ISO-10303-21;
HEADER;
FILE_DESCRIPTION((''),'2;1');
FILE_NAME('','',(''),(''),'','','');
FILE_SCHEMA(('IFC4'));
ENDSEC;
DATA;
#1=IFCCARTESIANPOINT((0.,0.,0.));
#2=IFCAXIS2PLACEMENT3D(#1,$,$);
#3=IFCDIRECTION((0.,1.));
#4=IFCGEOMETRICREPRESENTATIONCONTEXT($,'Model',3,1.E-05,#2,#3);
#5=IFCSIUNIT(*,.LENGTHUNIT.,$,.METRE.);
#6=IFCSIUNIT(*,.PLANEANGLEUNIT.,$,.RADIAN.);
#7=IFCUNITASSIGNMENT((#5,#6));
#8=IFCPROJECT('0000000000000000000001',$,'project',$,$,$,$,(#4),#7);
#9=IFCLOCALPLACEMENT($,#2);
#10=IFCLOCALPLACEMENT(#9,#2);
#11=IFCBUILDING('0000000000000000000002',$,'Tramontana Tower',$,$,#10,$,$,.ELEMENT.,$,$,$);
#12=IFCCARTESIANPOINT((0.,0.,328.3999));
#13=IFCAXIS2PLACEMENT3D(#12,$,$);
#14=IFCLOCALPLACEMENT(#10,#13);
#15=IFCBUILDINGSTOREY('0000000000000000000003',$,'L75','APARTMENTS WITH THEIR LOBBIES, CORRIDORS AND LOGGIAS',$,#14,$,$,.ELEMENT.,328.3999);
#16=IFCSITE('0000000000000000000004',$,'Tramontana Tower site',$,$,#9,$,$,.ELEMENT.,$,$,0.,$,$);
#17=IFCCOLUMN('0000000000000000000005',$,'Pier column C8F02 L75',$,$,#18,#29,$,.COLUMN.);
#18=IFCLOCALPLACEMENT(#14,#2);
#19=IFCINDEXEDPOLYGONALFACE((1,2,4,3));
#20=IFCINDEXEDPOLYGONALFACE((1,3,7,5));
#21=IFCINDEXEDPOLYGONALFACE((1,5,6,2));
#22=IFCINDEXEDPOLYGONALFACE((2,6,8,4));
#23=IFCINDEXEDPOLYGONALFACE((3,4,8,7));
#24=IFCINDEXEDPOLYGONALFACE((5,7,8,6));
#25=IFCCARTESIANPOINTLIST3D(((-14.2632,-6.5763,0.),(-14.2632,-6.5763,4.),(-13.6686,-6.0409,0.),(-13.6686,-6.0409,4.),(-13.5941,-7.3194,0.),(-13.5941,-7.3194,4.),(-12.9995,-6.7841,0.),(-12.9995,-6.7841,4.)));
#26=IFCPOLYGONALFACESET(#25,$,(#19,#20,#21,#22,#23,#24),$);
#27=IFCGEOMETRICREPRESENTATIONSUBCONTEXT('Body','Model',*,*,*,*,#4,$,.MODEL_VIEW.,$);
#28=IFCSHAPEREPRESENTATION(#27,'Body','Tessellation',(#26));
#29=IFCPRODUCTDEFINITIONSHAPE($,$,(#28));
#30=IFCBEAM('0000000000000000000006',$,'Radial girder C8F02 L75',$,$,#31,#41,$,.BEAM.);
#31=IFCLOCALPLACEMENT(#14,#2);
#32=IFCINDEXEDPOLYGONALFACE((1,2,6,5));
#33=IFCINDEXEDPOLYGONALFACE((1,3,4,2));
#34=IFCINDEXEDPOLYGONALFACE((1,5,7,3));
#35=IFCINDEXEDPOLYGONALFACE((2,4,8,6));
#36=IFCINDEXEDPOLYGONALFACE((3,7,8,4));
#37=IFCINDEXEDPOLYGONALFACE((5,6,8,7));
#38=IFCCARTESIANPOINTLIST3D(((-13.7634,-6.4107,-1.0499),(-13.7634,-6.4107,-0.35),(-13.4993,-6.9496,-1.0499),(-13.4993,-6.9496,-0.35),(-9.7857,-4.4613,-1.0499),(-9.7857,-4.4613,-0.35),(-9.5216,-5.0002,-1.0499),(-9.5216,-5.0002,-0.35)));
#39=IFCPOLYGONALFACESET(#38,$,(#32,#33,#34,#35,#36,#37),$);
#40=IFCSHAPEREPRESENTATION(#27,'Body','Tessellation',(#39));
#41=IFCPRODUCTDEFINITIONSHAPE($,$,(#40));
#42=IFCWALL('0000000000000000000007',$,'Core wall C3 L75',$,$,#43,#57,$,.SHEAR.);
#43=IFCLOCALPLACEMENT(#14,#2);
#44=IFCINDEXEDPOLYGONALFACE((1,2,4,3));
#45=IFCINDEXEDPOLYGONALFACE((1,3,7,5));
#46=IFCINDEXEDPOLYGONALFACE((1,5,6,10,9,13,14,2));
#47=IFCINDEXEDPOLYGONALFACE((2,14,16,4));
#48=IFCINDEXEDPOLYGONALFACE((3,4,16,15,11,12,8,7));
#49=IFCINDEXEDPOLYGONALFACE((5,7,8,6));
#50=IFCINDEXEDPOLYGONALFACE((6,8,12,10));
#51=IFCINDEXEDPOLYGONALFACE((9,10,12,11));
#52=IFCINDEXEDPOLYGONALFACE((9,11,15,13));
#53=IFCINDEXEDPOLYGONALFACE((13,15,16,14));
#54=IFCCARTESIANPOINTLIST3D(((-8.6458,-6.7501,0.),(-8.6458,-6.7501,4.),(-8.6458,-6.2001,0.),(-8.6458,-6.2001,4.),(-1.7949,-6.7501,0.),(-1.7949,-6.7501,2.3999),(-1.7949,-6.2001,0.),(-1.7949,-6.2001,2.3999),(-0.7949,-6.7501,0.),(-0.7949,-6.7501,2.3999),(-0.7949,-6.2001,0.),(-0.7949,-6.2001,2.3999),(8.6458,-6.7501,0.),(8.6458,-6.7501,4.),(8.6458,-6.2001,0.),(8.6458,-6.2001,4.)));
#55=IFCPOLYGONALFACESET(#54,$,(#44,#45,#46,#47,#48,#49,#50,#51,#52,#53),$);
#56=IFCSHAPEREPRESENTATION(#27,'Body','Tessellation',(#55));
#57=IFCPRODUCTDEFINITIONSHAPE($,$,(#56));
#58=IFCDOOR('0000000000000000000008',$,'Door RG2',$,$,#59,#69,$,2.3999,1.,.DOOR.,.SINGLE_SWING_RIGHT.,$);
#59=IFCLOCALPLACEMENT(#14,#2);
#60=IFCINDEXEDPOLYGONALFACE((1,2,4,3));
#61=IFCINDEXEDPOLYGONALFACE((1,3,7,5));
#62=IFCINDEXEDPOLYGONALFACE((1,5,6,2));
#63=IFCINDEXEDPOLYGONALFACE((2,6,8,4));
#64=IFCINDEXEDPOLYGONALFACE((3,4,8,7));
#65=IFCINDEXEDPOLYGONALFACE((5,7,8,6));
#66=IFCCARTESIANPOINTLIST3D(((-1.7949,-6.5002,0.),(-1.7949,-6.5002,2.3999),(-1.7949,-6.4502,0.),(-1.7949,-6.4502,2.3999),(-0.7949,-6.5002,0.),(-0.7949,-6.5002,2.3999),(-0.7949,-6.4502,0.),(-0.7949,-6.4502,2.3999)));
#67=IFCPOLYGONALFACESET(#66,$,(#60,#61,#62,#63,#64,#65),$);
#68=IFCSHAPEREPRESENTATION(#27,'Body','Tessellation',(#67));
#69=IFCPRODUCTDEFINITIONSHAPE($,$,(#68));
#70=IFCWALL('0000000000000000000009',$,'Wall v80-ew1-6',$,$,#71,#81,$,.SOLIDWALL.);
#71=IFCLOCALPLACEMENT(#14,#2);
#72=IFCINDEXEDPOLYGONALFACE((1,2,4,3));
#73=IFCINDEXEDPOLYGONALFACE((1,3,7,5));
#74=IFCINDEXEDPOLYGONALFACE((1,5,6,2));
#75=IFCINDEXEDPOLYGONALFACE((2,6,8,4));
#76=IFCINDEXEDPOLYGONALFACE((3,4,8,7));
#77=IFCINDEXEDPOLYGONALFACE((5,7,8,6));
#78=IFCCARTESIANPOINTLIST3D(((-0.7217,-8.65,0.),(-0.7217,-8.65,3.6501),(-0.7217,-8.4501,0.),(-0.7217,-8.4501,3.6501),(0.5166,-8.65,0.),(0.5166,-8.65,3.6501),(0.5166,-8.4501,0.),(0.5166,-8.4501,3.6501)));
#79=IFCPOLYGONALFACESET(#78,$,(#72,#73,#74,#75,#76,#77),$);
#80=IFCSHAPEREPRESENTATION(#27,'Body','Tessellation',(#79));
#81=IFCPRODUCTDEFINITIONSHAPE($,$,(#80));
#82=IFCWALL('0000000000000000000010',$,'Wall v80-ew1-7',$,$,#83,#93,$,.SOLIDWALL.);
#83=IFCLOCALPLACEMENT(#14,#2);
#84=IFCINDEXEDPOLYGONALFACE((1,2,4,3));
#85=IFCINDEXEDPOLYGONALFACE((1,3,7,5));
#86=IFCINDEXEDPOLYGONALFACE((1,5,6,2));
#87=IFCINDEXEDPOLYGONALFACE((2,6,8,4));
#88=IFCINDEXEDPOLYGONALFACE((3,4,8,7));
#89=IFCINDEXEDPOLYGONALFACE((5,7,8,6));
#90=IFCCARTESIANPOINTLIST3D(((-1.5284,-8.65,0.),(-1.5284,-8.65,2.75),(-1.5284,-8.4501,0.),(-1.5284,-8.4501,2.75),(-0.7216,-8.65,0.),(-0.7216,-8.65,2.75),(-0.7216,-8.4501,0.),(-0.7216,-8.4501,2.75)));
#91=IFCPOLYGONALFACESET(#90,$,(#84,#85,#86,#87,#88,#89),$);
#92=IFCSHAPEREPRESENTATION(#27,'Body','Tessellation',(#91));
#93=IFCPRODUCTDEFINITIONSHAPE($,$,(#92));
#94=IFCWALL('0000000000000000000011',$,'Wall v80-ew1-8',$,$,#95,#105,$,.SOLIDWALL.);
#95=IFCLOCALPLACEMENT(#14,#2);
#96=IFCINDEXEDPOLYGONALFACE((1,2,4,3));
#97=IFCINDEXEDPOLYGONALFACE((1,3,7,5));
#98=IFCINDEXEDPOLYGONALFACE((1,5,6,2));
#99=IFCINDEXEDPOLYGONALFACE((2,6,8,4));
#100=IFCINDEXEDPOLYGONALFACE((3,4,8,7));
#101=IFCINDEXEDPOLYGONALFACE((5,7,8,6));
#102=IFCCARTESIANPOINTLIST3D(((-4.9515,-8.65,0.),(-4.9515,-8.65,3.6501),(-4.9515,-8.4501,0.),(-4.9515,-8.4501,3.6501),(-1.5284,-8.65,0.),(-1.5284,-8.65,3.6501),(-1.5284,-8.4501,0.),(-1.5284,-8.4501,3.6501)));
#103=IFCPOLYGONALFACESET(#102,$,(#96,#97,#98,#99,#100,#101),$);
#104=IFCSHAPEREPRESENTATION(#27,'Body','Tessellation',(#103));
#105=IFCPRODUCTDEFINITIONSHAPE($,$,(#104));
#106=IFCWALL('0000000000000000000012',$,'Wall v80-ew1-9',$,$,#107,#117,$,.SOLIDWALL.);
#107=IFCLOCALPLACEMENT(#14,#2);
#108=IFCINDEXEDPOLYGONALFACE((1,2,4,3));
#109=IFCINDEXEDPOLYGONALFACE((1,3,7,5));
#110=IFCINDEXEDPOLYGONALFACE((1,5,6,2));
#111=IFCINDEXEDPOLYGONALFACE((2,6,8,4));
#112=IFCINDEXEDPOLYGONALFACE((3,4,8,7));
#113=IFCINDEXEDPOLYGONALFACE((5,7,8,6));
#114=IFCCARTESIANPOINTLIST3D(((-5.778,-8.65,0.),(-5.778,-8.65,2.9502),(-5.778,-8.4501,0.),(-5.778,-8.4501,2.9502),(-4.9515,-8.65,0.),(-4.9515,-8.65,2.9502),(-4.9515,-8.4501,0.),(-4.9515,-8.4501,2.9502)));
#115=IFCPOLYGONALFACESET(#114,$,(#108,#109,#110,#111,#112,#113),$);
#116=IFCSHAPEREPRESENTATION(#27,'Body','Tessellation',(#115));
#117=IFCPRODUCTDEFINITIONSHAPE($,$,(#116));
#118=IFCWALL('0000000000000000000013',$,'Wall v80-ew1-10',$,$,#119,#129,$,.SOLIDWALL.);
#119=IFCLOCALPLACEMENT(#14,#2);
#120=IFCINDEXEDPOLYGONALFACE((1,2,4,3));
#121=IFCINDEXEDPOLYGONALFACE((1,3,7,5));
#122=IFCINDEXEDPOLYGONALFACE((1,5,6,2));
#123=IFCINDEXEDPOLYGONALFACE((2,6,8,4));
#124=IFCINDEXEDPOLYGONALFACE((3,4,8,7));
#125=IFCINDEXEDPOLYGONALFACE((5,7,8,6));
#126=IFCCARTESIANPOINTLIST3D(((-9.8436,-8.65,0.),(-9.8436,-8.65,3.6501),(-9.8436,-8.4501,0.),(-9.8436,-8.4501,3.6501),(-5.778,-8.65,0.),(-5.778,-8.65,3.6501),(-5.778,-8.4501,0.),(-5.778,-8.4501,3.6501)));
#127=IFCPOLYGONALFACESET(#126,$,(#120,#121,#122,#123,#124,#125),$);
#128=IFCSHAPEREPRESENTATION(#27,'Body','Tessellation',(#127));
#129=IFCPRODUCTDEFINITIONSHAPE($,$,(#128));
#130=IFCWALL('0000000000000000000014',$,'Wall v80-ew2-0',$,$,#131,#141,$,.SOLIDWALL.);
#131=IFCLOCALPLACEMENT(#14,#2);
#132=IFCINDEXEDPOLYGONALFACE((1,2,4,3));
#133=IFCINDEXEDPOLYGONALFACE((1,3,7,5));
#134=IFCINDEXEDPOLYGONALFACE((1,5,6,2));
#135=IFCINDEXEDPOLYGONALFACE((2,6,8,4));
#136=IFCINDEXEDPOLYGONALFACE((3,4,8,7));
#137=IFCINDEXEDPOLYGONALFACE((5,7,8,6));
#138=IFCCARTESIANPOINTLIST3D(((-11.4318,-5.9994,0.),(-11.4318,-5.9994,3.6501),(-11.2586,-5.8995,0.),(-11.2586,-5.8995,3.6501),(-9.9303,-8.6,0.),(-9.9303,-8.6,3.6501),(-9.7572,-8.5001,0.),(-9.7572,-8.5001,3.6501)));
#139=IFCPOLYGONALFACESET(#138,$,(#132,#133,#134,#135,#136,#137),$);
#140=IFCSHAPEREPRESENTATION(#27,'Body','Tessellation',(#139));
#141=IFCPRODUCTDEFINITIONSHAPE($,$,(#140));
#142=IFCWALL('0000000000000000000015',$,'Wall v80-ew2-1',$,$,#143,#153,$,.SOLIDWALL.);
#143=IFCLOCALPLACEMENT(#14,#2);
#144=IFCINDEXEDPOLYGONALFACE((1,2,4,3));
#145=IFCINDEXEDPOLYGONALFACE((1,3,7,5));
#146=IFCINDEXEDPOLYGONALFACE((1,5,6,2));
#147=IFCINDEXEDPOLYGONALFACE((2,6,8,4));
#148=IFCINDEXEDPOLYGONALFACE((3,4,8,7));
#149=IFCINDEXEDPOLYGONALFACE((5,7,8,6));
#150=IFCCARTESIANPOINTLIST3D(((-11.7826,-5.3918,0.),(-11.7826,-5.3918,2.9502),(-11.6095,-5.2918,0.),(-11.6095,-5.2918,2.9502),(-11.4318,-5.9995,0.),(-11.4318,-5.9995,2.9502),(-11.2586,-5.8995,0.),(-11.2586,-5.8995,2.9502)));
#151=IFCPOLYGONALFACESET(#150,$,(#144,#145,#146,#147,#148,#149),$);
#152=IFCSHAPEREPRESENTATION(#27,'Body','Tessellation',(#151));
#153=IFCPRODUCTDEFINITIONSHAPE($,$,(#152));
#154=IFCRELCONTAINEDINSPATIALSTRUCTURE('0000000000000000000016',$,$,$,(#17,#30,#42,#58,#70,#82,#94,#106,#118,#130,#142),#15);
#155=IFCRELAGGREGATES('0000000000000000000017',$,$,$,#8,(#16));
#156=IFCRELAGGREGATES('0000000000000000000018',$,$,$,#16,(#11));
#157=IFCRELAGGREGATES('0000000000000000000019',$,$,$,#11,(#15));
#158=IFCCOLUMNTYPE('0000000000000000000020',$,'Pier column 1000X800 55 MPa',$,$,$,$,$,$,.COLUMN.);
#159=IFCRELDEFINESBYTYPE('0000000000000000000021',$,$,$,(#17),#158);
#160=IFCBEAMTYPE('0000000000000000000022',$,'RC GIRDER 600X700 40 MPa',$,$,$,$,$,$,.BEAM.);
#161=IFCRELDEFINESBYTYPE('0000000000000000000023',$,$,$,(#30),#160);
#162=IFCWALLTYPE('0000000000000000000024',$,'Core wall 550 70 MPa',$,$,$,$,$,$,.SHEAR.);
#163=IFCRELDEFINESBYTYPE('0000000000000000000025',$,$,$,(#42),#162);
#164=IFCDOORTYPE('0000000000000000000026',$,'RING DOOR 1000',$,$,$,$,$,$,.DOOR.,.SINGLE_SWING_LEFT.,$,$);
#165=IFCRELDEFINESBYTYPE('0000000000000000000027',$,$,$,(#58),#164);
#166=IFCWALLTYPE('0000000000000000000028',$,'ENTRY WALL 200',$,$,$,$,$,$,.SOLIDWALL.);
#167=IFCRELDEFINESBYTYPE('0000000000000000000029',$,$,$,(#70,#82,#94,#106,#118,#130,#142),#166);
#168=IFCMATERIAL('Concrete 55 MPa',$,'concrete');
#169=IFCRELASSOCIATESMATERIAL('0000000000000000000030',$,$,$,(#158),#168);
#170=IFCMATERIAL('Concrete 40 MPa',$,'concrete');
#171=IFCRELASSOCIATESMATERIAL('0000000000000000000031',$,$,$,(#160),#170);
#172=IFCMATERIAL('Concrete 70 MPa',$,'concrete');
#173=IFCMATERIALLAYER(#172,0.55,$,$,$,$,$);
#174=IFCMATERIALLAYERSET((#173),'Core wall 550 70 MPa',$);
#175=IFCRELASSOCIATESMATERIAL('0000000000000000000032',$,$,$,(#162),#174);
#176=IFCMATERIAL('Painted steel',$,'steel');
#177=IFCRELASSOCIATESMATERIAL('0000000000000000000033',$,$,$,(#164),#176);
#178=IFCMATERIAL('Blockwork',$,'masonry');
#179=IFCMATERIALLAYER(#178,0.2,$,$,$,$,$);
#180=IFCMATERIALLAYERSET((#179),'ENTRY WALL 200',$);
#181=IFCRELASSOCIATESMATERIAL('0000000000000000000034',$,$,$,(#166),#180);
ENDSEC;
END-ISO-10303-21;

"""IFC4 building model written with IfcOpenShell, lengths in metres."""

from ifc_helpers import new_model, si_unit, direction, frame, frame_2d, origin, origin_2d, place, context, subcontext, project, spatial, rectangle, extrude, material, layer, layer_set, material_profile, profile_set, type_object, element, fill, save


model = new_model("IFC4")

# Units and contexts
model_context = context("Model", 3, precision=1e-05, world=origin(), true_north=direction((0.0, 1.0)))
body_context = subcontext(model_context, "Body", "Model", "MODEL_VIEW")
ifc_project = project(units=[si_unit("LENGTHUNIT", "METRE"), si_unit("PLANEANGLEUNIT", "RADIAN")], contexts=[model_context])

# Site, building, storey
site_placement = place(None, origin())
site = spatial("IfcSite", under=ifc_project, at=site_placement, Name="Tramontana Tower site", CompositionType="ELEMENT", RefElevation=0.0)
building_placement = place(site_placement, origin())
building = spatial("IfcBuilding", under=site, at=building_placement, Name="Tramontana Tower", CompositionType="ELEMENT")
storey_placement = place(building_placement, frame((0.0, 0.0, 328.3999)))
storey = spatial("IfcBuildingStorey", under=building, at=storey_placement, Name="L75", Description="APARTMENTS WITH THEIR LOBBIES, CORRIDORS AND LOGGIAS", CompositionType="ELEMENT", Elevation=328.3999)

# Column
ifc_material_1 = material(Name="Concrete 55 MPa", Category="concrete")
ifc_material_profile_1 = material_profile(ifc_material_1, rectangle(XDim=1.0, YDim=0.8, at=origin_2d()), Name="Pier column 1000X800 55 MPa")
ifc_profile_set_1 = profile_set([ifc_material_profile_1], Name="Concrete 55 MPa")
column_type = type_object("IfcColumnType", Name="Pier column 1000X800 55 MPa", PredefinedType="COLUMN", material=ifc_profile_set_1)
column_placement = place(storey_placement, frame((-13.6313, -6.6802, 0.0), z_axis=(0.0, 0.0, 1.0), x_axis=(0.669131, -0.743145, 0.0)))
element("IfcColumn", 1, at=column_placement, inside=storey, type_object=column_type, Name="Pier column C8F02 L75", PredefinedType="COLUMN", context=body_context, shape_type="SweptSolid", body=[
    extrude(rectangle(XDim=1.0, YDim=0.8, at=origin_2d()), origin(), (0.0, 0.0, 1.0), 4.0),
])

# Beam
ifc_material_2 = material(Name="Concrete 40 MPa", Category="concrete")
ifc_material_profile_2 = material_profile(ifc_material_2, rectangle(XDim=0.6001, YDim=0.7, at=origin_2d()), Name="RC GIRDER 600X700 40 MPa")
ifc_profile_set_2 = profile_set([ifc_material_profile_2], Name="Concrete 40 MPa")
beam_type = type_object("IfcBeamType", Name="RC GIRDER 600X700 40 MPa", PredefinedType="BEAM", material=ifc_profile_set_2)
beam_placement = place(storey_placement, frame((-13.6313, -6.6802, -0.7), z_axis=(0.897959, 0.440079, 0.0), x_axis=(-0.440079, 0.897959, 0.0)))
element("IfcBeam", 2, at=beam_placement, inside=storey, type_object=beam_type, Name="Radial girder C8F02 L75", PredefinedType="BEAM", context=body_context, shape_type="SweptSolid", body=[
    extrude(rectangle(XDim=0.6001, YDim=0.7, at=origin_2d()), origin(), (0.0, 0.0, 1.0), 4.4297),
])

# Wall, opening, door
ifc_material_3 = material(Name="Concrete 70 MPa", Category="concrete")
ifc_layer_1 = layer(ifc_material_3, 0.55)
ifc_layer_set_1 = layer_set([ifc_layer_1], Name="Core wall 550 70 MPa")
wall_type_1 = type_object("IfcWallType", Name="Core wall 550 70 MPa", PredefinedType="SHEAR", material=ifc_layer_set_1)
wall_1_placement = place(storey_placement, frame((-8.6458, -6.4751, 0.0), z_axis=(0.0, 0.0, 1.0), x_axis=(1.0, 0.0, 0.0)))
wall_1 = element("IfcWall", 3, at=wall_1_placement, inside=storey, type_object=wall_type_1, Name="Core wall C3 L75", PredefinedType="SHEAR", context=body_context, shape_type="SweptSolid", body=[
    extrude(rectangle(XDim=17.2915, YDim=0.55, at=frame_2d((8.6458, 0.0))), origin(), (0.0, 0.0, 1.0), 4.0),
])
opening_1_placement = place(wall_1_placement, frame((6.8508, 0.0, 0.0)))
opening_1 = element("IfcOpeningElement", 4, at=opening_1_placement, cuts=wall_1, PredefinedType="OPENING", context=body_context, shape_type="SweptSolid", body=[
    extrude(rectangle(XDim=1.0, YDim=2.3999, at=frame_2d((0.5, 1.2))), frame((0.0, 0.2849, 0.0), z_axis=(0.0, -1.0, 0.0), x_axis=(1.0, 0.0, 0.0)), (0.0, 0.0, 1.0), 0.5701),
])
ifc_material_4 = material(Name="Painted steel", Category="steel")
door_type_1 = type_object("IfcDoorType", Name="RING DOOR 1000", OperationType="SINGLE_SWING_LEFT", PredefinedType="DOOR", material=ifc_material_4)
door_1_placement = place(opening_1_placement, origin())
door_1 = element("IfcDoor", 5, at=door_1_placement, inside=storey, type_object=door_type_1, Name="Door RG2", OperationType="SINGLE_SWING_RIGHT", OverallHeight=2.3999, OverallWidth=1.0, PredefinedType="DOOR", context=body_context, shape_type="SweptSolid", body=[
    extrude(rectangle(XDim=1.0, YDim=2.3999, at=frame_2d((0.5, 1.2))), frame((0.0, 0.0249, 0.0), z_axis=(0.0, -1.0, 0.0), x_axis=(1.0, 0.0, 0.0)), (0.0, 0.0, 1.0), 0.05),
])
fill(opening_1, door_1)

# Walls
ifc_material_5 = material(Name="Blockwork", Category="masonry")
ifc_layer_2 = layer(ifc_material_5, 0.2)
ifc_layer_set_2 = layer_set([ifc_layer_2], Name="ENTRY WALL 200")
wall_type_2 = type_object("IfcWallType", Name="ENTRY WALL 200", PredefinedType="SOLIDWALL", material=ifc_layer_set_2)
wall_2_placement = place(storey_placement, frame((0.5166, -8.55, 0.0), z_axis=(0.0, 0.0, 1.0), x_axis=(-1.0, 0.0, 0.0)))
element("IfcWall", 6, at=wall_2_placement, inside=storey, type_object=wall_type_2, Name="Wall v80-ew1-6", PredefinedType="SOLIDWALL", context=body_context, shape_type="SweptSolid", body=[
    extrude(rectangle(XDim=1.2383, YDim=0.2, at=frame_2d((0.6191, 0.0))), origin(), (0.0, 0.0, 1.0), 3.6501),
])
wall_3_placement = place(storey_placement, frame((-0.7217, -8.55, 0.0), z_axis=(0.0, 0.0, 1.0), x_axis=(-1.0, 0.0, 0.0)))
element("IfcWall", 7, at=wall_3_placement, inside=storey, type_object=wall_type_2, Name="Wall v80-ew1-7", PredefinedType="SOLIDWALL", context=body_context, shape_type="SweptSolid", body=[
    extrude(rectangle(XDim=0.8069, YDim=0.2, at=frame_2d((0.4033, 0.0))), origin(), (0.0, 0.0, 1.0), 2.75),
])
wall_4_placement = place(storey_placement, frame((-1.5286, -8.55, 0.0), z_axis=(0.0, 0.0, 1.0), x_axis=(-1.0, 0.0, 0.0)))
element("IfcWall", 8, at=wall_4_placement, inside=storey, type_object=wall_type_2, Name="Wall v80-ew1-8", PredefinedType="SOLIDWALL", context=body_context, shape_type="SweptSolid", body=[
    extrude(rectangle(XDim=3.4231, YDim=0.2, at=frame_2d((1.7114, 0.0))), origin(), (0.0, 0.0, 1.0), 3.6501),
])
wall_5_placement = place(storey_placement, frame((-4.9517, -8.55, 0.0), z_axis=(0.0, 0.0, 1.0), x_axis=(-1.0, 0.0, 0.0)))
element("IfcWall", 9, at=wall_5_placement, inside=storey, type_object=wall_type_2, Name="Wall v80-ew1-9", PredefinedType="SOLIDWALL", context=body_context, shape_type="SweptSolid", body=[
    extrude(rectangle(XDim=0.8264, YDim=0.2, at=frame_2d((0.4131, 0.0))), origin(), (0.0, 0.0, 1.0), 2.9502),
])
wall_6_placement = place(storey_placement, frame((-5.7781, -8.55, 0.0), z_axis=(0.0, 0.0, 1.0), x_axis=(-1.0, 0.0, 0.0)))
element("IfcWall", 10, at=wall_6_placement, inside=storey, type_object=wall_type_2, Name="Wall v80-ew1-10", PredefinedType="SOLIDWALL", context=body_context, shape_type="SweptSolid", body=[
    extrude(rectangle(XDim=4.0657, YDim=0.2, at=frame_2d((2.0327, 0.0))), origin(), (0.0, 0.0, 1.0), 3.6501),
])
wall_7_placement = place(storey_placement, frame((-9.8438, -8.55, 0.0), z_axis=(0.0, 0.0, 1.0), x_axis=(-0.500004, 0.866023, 0.0)))
element("IfcWall", 11, at=wall_7_placement, inside=storey, type_object=wall_type_2, Name="Wall v80-ew2-0", PredefinedType="SOLIDWALL", context=body_context, shape_type="SweptSolid", body=[
    extrude(rectangle(XDim=3.0029, YDim=0.2, at=frame_2d((1.5015, 0.0))), origin(), (0.0, 0.0, 1.0), 3.6501),
])
wall_8_placement = place(storey_placement, frame((-11.3452, -5.9495, 0.0), z_axis=(0.0, 0.0, 1.0), x_axis=(-0.499994, 0.866029, 0.0)))
element("IfcWall", 12, at=wall_8_placement, inside=storey, type_object=wall_type_2, Name="Wall v80-ew2-1", PredefinedType="SOLIDWALL", context=body_context, shape_type="SweptSolid", body=[
    extrude(rectangle(XDim=0.7017, YDim=0.2, at=frame_2d((0.3508, 0.0))), origin(), (0.0, 0.0, 1.0), 2.9502),
])

save(model, "model.ifc")
